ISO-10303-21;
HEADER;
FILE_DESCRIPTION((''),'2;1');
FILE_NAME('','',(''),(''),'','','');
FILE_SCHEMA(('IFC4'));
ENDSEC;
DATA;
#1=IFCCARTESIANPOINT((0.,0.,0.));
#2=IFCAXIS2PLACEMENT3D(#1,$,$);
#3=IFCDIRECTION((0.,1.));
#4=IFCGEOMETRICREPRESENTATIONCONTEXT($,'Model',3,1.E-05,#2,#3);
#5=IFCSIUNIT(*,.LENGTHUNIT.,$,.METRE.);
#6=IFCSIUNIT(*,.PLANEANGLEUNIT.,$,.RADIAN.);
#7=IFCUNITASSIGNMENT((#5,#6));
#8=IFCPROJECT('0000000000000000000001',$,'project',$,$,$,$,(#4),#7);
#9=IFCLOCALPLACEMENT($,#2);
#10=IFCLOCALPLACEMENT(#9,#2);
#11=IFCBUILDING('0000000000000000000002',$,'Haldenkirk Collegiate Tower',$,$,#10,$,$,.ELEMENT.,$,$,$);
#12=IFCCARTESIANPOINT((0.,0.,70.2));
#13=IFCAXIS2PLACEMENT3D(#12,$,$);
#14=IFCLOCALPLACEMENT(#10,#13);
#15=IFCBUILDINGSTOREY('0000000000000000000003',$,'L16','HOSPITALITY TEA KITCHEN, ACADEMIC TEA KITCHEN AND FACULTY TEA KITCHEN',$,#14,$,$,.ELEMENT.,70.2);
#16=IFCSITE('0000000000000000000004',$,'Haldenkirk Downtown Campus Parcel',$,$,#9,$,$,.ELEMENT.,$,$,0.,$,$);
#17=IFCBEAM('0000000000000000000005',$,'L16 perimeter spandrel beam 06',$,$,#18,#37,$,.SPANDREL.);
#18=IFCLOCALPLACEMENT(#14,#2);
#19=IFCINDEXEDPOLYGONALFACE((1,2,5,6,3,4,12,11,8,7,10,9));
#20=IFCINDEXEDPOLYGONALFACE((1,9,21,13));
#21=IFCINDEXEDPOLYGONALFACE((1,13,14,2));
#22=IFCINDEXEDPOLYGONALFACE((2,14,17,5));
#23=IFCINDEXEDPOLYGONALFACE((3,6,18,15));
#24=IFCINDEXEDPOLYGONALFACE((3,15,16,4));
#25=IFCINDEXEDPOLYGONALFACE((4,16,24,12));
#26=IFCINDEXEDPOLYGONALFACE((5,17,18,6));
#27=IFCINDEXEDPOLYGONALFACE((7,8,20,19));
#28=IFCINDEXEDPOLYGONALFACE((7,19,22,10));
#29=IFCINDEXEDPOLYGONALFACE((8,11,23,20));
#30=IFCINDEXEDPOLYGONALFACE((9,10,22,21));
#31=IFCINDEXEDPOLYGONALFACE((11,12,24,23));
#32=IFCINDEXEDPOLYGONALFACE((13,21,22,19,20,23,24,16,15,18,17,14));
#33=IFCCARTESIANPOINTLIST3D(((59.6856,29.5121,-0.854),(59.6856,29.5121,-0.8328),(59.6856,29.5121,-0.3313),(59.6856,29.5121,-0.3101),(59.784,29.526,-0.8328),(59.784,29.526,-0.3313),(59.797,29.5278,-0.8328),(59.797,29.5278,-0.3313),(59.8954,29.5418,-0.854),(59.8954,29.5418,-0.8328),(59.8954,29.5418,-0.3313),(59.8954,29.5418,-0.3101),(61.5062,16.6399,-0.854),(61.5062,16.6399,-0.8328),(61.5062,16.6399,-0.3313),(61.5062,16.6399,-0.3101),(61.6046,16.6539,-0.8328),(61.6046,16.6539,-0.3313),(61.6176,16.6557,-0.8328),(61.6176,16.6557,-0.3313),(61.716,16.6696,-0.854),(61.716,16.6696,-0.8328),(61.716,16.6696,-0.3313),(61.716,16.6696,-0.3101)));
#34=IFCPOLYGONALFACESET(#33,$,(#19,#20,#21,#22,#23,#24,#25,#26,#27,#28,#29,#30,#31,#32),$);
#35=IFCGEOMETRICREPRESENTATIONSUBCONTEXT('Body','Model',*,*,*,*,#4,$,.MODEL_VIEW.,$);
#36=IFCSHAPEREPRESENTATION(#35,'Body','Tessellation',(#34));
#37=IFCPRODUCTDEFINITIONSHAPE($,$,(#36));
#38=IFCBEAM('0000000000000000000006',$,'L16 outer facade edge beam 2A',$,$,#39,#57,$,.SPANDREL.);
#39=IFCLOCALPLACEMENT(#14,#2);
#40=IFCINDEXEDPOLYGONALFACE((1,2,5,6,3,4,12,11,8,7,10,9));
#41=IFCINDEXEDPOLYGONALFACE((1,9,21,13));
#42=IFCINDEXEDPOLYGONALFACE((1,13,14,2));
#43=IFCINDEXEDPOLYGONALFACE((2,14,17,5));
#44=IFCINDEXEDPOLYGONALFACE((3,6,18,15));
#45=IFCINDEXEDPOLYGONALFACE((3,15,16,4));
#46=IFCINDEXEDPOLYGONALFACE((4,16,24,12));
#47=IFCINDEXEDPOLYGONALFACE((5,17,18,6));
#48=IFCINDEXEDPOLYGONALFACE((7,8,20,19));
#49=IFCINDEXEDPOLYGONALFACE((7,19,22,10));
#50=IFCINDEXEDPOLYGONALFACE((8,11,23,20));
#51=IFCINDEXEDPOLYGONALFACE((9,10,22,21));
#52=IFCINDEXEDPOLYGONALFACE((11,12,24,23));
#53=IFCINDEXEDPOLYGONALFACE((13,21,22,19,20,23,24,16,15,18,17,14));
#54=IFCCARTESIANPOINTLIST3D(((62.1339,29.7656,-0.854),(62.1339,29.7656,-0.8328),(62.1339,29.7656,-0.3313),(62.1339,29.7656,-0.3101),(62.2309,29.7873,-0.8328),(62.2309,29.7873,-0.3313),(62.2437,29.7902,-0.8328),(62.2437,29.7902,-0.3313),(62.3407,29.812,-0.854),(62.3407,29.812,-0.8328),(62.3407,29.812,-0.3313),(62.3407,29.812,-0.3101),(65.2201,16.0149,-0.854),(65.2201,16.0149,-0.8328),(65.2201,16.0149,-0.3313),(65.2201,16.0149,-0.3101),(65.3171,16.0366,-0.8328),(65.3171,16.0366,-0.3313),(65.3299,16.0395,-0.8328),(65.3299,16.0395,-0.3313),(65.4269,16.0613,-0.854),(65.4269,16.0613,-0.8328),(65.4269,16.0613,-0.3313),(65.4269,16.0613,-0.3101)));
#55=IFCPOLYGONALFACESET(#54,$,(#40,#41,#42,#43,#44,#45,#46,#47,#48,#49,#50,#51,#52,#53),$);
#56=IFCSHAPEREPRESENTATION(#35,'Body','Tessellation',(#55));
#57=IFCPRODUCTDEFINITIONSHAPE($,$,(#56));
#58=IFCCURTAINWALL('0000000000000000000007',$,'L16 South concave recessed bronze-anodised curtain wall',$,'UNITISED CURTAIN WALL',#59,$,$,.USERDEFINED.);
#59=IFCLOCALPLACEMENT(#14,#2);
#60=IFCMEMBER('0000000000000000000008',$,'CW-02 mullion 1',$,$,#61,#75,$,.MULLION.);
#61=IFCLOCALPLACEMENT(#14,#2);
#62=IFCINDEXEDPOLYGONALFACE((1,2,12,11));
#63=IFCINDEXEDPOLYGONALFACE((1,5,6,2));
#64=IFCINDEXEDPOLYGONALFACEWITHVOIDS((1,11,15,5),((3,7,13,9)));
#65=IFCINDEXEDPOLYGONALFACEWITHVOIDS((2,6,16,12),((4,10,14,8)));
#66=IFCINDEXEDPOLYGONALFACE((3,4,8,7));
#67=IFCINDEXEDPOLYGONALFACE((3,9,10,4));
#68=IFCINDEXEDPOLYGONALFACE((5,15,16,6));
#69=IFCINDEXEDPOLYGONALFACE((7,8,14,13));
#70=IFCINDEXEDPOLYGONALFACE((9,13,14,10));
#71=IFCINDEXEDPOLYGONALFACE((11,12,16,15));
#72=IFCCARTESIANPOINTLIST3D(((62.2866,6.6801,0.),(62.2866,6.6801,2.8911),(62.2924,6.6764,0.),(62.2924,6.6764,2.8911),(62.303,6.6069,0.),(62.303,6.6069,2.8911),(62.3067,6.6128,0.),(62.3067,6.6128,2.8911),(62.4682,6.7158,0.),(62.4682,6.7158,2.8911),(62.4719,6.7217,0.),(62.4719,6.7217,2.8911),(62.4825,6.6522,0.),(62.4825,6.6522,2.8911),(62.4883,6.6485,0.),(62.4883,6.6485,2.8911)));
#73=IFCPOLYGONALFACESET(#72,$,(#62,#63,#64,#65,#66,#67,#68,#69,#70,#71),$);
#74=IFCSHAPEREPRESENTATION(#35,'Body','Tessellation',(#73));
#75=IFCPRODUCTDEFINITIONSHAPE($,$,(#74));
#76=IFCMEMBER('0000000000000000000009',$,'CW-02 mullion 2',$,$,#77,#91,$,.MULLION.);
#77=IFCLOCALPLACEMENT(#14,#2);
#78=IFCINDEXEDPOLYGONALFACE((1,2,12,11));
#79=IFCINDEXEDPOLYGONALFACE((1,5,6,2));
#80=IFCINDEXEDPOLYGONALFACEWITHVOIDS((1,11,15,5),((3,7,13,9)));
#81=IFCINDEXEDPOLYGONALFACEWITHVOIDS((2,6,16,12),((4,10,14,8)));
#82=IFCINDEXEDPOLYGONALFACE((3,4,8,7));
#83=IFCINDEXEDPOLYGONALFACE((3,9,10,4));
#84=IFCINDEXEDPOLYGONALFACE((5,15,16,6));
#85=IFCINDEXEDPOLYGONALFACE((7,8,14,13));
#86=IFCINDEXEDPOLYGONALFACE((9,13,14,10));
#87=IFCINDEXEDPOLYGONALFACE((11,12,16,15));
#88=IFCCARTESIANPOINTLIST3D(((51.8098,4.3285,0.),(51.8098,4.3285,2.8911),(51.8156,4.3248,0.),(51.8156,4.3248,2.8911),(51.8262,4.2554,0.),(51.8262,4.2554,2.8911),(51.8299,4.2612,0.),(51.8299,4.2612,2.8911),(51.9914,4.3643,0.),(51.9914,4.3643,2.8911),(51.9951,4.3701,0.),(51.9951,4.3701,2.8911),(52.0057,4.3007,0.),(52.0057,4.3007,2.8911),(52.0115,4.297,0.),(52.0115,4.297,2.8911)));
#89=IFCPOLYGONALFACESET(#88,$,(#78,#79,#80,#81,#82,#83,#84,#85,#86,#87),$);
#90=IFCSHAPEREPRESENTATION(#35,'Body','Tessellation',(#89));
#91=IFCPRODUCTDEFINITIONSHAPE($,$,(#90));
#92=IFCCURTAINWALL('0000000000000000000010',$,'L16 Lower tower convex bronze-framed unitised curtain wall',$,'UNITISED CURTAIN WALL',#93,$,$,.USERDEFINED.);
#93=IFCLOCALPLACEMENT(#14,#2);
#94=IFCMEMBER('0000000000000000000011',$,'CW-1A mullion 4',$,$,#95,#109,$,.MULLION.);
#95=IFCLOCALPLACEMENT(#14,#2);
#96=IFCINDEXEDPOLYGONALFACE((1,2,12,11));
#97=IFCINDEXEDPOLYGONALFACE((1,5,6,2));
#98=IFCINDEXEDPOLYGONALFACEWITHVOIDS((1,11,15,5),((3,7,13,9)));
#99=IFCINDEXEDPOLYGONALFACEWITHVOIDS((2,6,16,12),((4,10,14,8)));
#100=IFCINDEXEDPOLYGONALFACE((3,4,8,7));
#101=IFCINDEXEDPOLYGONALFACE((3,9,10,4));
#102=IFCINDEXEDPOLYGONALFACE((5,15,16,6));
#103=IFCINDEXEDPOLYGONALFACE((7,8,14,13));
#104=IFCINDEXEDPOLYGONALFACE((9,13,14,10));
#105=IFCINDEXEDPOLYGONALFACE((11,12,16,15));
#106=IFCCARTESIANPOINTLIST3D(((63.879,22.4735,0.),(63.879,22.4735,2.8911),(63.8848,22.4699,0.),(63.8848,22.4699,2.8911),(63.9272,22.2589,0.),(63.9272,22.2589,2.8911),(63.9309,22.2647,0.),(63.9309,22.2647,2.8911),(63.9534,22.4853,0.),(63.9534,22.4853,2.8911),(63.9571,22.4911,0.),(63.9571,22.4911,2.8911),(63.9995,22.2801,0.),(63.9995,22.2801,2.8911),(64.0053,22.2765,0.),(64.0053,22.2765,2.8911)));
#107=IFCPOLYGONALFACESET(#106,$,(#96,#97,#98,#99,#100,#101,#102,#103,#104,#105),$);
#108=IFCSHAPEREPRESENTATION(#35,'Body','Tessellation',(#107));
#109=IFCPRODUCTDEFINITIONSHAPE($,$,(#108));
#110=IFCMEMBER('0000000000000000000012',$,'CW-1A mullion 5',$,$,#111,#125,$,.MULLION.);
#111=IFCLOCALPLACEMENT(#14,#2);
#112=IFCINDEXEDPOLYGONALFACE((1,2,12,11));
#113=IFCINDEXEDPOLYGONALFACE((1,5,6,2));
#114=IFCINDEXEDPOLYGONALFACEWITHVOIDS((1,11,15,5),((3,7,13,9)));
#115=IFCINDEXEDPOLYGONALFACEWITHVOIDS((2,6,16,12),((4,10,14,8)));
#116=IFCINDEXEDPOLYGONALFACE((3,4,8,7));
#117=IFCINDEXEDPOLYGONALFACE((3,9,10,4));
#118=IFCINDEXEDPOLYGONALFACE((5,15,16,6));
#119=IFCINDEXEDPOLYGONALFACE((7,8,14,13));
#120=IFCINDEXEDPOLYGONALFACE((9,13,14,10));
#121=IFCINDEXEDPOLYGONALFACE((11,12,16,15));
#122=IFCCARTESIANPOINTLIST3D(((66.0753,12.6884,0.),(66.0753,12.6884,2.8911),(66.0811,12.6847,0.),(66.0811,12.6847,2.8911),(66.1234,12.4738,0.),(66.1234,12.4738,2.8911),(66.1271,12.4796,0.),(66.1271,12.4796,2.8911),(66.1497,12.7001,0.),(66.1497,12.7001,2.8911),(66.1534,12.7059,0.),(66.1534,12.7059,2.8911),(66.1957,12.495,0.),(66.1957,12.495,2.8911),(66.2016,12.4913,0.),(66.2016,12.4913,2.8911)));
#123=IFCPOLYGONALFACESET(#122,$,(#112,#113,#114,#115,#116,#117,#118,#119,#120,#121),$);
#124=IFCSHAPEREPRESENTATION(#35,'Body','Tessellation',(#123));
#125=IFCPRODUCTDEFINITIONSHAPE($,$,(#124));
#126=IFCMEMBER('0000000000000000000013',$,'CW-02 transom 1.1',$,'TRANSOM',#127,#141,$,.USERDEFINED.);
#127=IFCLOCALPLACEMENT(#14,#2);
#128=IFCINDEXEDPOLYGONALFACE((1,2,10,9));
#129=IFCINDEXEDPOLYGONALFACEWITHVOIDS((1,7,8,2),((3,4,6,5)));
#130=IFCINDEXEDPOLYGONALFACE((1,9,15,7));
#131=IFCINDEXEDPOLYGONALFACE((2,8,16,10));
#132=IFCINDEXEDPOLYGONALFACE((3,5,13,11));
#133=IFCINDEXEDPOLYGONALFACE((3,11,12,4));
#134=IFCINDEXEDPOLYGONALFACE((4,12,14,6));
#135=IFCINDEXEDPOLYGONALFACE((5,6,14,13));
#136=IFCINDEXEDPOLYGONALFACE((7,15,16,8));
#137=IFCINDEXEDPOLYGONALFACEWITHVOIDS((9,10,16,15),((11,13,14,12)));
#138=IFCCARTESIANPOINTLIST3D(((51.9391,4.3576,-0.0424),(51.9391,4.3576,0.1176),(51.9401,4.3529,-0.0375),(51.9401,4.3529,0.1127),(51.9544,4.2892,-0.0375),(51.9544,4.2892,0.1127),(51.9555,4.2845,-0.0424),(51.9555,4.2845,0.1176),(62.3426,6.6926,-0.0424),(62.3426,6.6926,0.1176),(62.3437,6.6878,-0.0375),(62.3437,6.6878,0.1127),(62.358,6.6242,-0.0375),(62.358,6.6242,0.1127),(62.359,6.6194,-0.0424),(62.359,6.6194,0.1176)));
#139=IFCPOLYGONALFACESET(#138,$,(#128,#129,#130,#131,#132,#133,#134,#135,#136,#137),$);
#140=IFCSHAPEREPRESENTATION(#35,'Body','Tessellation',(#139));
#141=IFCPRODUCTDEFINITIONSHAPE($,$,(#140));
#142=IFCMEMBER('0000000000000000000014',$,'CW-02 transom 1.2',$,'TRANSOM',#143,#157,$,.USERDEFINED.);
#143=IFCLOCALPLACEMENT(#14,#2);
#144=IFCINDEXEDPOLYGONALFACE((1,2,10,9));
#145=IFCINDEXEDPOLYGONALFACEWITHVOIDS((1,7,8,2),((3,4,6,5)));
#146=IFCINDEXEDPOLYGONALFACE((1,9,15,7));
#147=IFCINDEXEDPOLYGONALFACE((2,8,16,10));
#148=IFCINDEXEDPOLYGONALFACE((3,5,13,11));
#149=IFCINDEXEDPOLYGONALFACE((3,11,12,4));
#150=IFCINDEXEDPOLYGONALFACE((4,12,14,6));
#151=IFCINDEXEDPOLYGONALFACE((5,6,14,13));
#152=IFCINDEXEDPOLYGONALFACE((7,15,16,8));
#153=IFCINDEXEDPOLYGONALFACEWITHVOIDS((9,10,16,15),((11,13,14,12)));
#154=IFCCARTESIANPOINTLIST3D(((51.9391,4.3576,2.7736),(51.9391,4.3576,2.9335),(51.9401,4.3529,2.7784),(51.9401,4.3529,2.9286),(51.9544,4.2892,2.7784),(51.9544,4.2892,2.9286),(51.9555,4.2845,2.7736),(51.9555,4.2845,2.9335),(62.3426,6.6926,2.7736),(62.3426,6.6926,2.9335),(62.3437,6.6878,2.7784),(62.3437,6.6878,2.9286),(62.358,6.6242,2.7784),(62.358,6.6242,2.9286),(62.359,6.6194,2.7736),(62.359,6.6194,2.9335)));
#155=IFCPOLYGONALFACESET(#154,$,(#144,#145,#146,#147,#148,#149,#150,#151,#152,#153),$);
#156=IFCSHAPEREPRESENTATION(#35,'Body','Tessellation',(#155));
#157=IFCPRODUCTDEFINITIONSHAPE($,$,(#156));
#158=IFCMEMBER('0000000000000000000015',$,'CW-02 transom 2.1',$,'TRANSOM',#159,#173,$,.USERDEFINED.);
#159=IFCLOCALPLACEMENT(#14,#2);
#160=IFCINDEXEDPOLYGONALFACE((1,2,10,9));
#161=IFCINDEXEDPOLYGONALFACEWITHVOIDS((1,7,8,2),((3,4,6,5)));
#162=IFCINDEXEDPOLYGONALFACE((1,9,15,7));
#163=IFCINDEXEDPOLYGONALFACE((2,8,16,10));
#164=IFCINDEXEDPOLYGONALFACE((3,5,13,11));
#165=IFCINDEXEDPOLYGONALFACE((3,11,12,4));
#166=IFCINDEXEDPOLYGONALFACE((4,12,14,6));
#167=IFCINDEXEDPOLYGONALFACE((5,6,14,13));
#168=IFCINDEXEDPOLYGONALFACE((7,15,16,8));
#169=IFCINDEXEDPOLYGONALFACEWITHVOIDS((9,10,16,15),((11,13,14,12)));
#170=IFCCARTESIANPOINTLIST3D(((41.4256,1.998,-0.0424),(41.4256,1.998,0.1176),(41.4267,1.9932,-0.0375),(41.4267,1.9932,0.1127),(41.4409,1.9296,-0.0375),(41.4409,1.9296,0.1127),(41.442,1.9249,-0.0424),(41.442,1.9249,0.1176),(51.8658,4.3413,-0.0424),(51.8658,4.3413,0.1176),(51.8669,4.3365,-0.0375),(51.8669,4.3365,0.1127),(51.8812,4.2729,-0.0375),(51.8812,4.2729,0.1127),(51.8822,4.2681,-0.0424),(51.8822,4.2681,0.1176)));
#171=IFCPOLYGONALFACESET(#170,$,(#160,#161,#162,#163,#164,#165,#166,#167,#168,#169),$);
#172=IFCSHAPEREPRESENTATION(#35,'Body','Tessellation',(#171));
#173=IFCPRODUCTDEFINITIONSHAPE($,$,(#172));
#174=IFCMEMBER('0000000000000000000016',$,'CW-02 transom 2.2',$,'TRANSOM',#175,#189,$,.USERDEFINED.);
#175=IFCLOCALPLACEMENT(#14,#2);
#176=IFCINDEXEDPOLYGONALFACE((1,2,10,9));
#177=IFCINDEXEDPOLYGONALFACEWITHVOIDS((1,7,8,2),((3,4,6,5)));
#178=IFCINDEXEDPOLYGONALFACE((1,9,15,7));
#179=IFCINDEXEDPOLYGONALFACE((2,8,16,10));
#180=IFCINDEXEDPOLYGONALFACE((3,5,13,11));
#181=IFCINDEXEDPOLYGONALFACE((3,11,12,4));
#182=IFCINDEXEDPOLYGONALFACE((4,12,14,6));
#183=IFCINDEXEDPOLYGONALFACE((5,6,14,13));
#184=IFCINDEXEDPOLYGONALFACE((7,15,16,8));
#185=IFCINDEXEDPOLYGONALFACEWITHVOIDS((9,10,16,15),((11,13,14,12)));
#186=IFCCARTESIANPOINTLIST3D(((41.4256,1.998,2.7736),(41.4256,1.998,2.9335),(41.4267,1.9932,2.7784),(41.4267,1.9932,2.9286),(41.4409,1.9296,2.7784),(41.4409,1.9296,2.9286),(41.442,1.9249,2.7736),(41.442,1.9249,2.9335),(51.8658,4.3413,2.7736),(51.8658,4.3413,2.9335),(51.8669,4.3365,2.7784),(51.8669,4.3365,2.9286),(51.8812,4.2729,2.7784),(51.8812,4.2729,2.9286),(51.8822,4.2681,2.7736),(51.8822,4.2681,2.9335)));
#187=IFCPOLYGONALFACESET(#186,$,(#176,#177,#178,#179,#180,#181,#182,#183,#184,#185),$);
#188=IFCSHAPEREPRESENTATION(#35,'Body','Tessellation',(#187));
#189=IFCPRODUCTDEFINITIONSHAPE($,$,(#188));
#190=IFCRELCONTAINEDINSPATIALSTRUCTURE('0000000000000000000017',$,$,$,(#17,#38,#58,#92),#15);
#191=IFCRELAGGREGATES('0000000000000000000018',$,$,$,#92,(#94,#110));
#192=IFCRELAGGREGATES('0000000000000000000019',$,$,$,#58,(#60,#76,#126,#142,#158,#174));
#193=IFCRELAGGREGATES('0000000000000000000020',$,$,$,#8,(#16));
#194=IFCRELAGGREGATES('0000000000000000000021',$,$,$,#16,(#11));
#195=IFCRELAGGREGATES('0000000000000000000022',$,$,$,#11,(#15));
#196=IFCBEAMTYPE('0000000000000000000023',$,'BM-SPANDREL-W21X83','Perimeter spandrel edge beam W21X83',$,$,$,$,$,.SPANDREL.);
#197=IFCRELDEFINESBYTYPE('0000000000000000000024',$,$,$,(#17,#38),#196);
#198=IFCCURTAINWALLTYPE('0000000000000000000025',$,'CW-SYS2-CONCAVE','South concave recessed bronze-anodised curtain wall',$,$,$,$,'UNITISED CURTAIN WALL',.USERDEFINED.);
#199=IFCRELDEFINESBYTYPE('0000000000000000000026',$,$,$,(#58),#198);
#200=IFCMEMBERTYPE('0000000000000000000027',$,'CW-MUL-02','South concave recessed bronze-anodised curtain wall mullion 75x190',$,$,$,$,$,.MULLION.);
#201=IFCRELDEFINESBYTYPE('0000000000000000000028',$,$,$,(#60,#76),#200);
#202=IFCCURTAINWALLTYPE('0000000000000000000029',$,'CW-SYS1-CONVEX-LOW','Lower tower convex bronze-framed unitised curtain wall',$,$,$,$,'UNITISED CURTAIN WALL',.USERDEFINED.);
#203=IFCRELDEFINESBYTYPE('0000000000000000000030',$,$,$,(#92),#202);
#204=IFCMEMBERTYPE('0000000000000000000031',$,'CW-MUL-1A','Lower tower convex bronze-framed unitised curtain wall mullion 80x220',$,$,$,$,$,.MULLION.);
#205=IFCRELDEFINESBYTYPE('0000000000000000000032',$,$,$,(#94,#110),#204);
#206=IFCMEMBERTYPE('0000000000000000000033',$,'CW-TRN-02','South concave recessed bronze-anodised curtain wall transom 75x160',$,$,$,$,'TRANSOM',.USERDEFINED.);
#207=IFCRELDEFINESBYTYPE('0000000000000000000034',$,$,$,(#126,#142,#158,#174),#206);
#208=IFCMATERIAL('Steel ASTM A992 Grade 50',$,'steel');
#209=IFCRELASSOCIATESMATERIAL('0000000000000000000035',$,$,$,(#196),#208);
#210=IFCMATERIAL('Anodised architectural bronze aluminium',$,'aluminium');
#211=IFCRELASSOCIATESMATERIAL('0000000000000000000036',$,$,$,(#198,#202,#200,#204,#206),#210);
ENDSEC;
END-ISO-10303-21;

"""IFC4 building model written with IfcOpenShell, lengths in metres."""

from ifc_helpers import new_model, si_unit, direction, frame, origin, origin_2d, place, context, subcontext, project, spatial, hollow_rectangle, i_section, extrude, material, material_profile, profile_set, type_object, element, aggregate, save


model = new_model("IFC4")

# Units and contexts
model_context = context("Model", 3, precision=1e-05, world=origin(), true_north=direction((0.0, 1.0)))
body_context = subcontext(model_context, "Body", "Model", "MODEL_VIEW")
ifc_project = project(units=[si_unit("LENGTHUNIT", "METRE"), si_unit("PLANEANGLEUNIT", "RADIAN")], contexts=[model_context])

# Site, building, storey
site_placement = place(None, origin())
site = spatial("IfcSite", under=ifc_project, at=site_placement, Name="Haldenkirk Downtown Campus Parcel", CompositionType="ELEMENT", RefElevation=0.0)
building_placement = place(site_placement, origin())
building = spatial("IfcBuilding", under=site, at=building_placement, Name="Haldenkirk Collegiate Tower", CompositionType="ELEMENT")
storey_placement = place(building_placement, frame((0.0, 0.0, 70.2)))
storey = spatial("IfcBuildingStorey", under=building, at=storey_placement, Name="L16", Description="HOSPITALITY TEA KITCHEN, ACADEMIC TEA KITCHEN AND FACULTY TEA KITCHEN", CompositionType="ELEMENT", Elevation=70.2)

# Beams
ifc_material_1 = material(Name="Steel ASTM A992 Grade 50", Category="steel")
ifc_material_profile_1 = material_profile(ifc_material_1, i_section(OverallWidth=0.2119, OverallDepth=0.5439, WebThickness=0.0132, FlangeThickness=0.0212, at=origin_2d()), Name="W21X83")
ifc_profile_set_1 = profile_set([ifc_material_profile_1], Name="Steel ASTM A992 Grade 50")
beam_type_1 = type_object("IfcBeamType", Name="BM-SPANDREL-W21X83", Description="Perimeter spandrel edge beam W21X83", PredefinedType="SPANDREL", material=ifc_profile_set_1)
beam_1_placement = place(storey_placement, frame((61.6111, 16.6548, -0.582), z_axis=(-0.140041, 0.990146, 0.0), x_axis=(-0.990146, -0.140041, 0.0)))
element("IfcBeam", 1, at=beam_1_placement, inside=storey, type_object=beam_type_1, Name="L16 perimeter spandrel beam 06", PredefinedType="SPANDREL", context=body_context, shape_type="SweptSolid", body=[
    extrude(i_section(OverallWidth=0.2119, OverallDepth=0.5439, WebThickness=0.0132, FlangeThickness=0.0212, at=origin_2d()), origin(), (0.0, 0.0, 1.0), 13.0002),
])
beam_2_placement = place(storey_placement, frame((65.3235, 16.0381, -0.582), z_axis=(-0.21899, 0.975727, 0.0), x_axis=(-0.975727, -0.21899, 0.0)))
element("IfcBeam", 2, at=beam_2_placement, inside=storey, type_object=beam_type_1, Name="L16 outer facade edge beam 2A", PredefinedType="SPANDREL", context=body_context, shape_type="SweptSolid", body=[
    extrude(i_section(OverallWidth=0.2119, OverallDepth=0.5439, WebThickness=0.0132, FlangeThickness=0.0212, at=origin_2d()), origin(), (0.0, 0.0, 1.0), 14.0928),
])

# Curtain walls, members
ifc_material_2 = material(Name="Anodised architectural bronze aluminium", Category="aluminium")
curtain_wall_type_1 = type_object("IfcCurtainWallType", Name="CW-SYS2-CONCAVE", Description="South concave recessed bronze-anodised curtain wall", ElementType="UNITISED CURTAIN WALL", PredefinedType="USERDEFINED", material=ifc_material_2)
curtain_wall_1_placement = place(storey_placement, origin())
curtain_wall_1 = element("IfcCurtainWall", 3, at=curtain_wall_1_placement, inside=storey, type_object=curtain_wall_type_1, Name="L16 South concave recessed bronze-anodised curtain wall", ObjectType="UNITISED CURTAIN WALL", PredefinedType="USERDEFINED")
ifc_material_profile_2 = material_profile(ifc_material_2, hollow_rectangle(XDim=0.075, YDim=0.1899, WallThickness=0.0049, at=origin_2d()), Name="CW-MUL-02")
ifc_profile_set_2 = profile_set([ifc_material_profile_2], Name="Anodised architectural bronze aluminium")
member_type_1 = type_object("IfcMemberType", Name="CW-MUL-02", Description="South concave recessed bronze-anodised curtain wall mullion 75x190", PredefinedType="MULLION", material=ifc_profile_set_2)
member_1_placement = place(storey_placement, frame((62.3875, 6.6643, 0.0), z_axis=(0.0, 0.0, 1.0), x_axis=(0.218994, -0.975726, 0.0)))
member_1 = element("IfcMember", 4, at=member_1_placement, type_object=member_type_1, Name="CW-02 mullion 1", PredefinedType="MULLION", context=body_context, shape_type="SweptSolid", body=[
    extrude(hollow_rectangle(XDim=0.075, YDim=0.1899, WallThickness=0.0049, at=origin_2d()), origin(), (0.0, 0.0, 1.0), 2.8911),
])
member_2_placement = place(storey_placement, frame((51.9106, 4.3127, 0.0), z_axis=(0.0, 0.0, 1.0), x_axis=(0.218994, -0.975726, 0.0)))
member_2 = element("IfcMember", 5, at=member_2_placement, type_object=member_type_1, Name="CW-02 mullion 2", PredefinedType="MULLION", context=body_context, shape_type="SweptSolid", body=[
    extrude(hollow_rectangle(XDim=0.075, YDim=0.1899, WallThickness=0.0049, at=origin_2d()), origin(), (0.0, 0.0, 1.0), 2.8911),
])
curtain_wall_type_2 = type_object("IfcCurtainWallType", Name="CW-SYS1-CONVEX-LOW", Description="Lower tower convex bronze-framed unitised curtain wall", ElementType="UNITISED CURTAIN WALL", PredefinedType="USERDEFINED", material=ifc_material_2)
curtain_wall_2_placement = place(storey_placement, origin())
curtain_wall_2 = element("IfcCurtainWall", 6, at=curtain_wall_2_placement, inside=storey, type_object=curtain_wall_type_2, Name="L16 Lower tower convex bronze-framed unitised curtain wall", ObjectType="UNITISED CURTAIN WALL", PredefinedType="USERDEFINED")
ifc_material_profile_3 = material_profile(ifc_material_2, hollow_rectangle(XDim=0.0801, YDim=0.22, WallThickness=0.0049, at=origin_2d()), Name="CW-MUL-1A")
ifc_profile_set_3 = profile_set([ifc_material_profile_3], Name="Anodised architectural bronze aluminium")
member_type_2 = type_object("IfcMemberType", Name="CW-MUL-1A", Description="Lower tower convex bronze-framed unitised curtain wall mullion 80x220", PredefinedType="MULLION", material=ifc_profile_set_3)
member_3_placement = place(storey_placement, frame((63.9421, 22.375, 0.0), z_axis=(0.0, 0.0, 1.0), x_axis=(0.975726, 0.218995, 0.0)))
member_3 = element("IfcMember", 7, at=member_3_placement, type_object=member_type_2, Name="CW-1A mullion 4", PredefinedType="MULLION", context=body_context, shape_type="SweptSolid", body=[
    extrude(hollow_rectangle(XDim=0.0801, YDim=0.22, WallThickness=0.0049, at=origin_2d()), origin(), (0.0, 0.0, 1.0), 2.8911),
])
member_4_placement = place(storey_placement, frame((66.1384, 12.5898, 0.0), z_axis=(0.0, 0.0, 1.0), x_axis=(0.975726, 0.218995, 0.0)))
member_4 = element("IfcMember", 8, at=member_4_placement, type_object=member_type_2, Name="CW-1A mullion 5", PredefinedType="MULLION", context=body_context, shape_type="SweptSolid", body=[
    extrude(hollow_rectangle(XDim=0.0801, YDim=0.22, WallThickness=0.0049, at=origin_2d()), origin(), (0.0, 0.0, 1.0), 2.8911),
])

# Members
ifc_material_profile_4 = material_profile(ifc_material_2, hollow_rectangle(XDim=0.075, YDim=0.1599, WallThickness=0.0049, at=origin_2d()), Name="CW-TRN-02")
ifc_profile_set_4 = profile_set([ifc_material_profile_4], Name="Anodised architectural bronze aluminium")
member_type_3 = type_object("IfcMemberType", Name="CW-TRN-02", Description="South concave recessed bronze-anodised curtain wall transom 75x160", ElementType="TRANSOM", PredefinedType="USERDEFINED", material=ifc_profile_set_4)
member_5_placement = place(storey_placement, frame((62.3508, 6.656, 0.0376), z_axis=(-0.975727, -0.218991, 0.0), x_axis=(0.218991, -0.975727, 0.0)))
member_5 = element("IfcMember", 9, at=member_5_placement, type_object=member_type_3, Name="CW-02 transom 1.1", ObjectType="TRANSOM", PredefinedType="USERDEFINED", context=body_context, shape_type="SweptSolid", body=[
    extrude(hollow_rectangle(XDim=0.075, YDim=0.1599, WallThickness=0.0049, at=origin_2d()), origin(), (0.0, 0.0, 1.0), 10.6624),
])
member_6_placement = place(storey_placement, frame((62.3508, 6.656, 2.8535), z_axis=(-0.975727, -0.218991, 0.0), x_axis=(0.218991, -0.975727, 0.0)))
member_6 = element("IfcMember", 10, at=member_6_placement, type_object=member_type_3, Name="CW-02 transom 1.2", ObjectType="TRANSOM", PredefinedType="USERDEFINED", context=body_context, shape_type="SweptSolid", body=[
    extrude(hollow_rectangle(XDim=0.075, YDim=0.1599, WallThickness=0.0049, at=origin_2d()), origin(), (0.0, 0.0, 1.0), 10.6624),
])
member_7_placement = place(storey_placement, frame((51.874, 4.3047, 0.0376), z_axis=(-0.975725, -0.218998, 0.0), x_axis=(0.218998, -0.975725, 0.0)))
member_7 = element("IfcMember", 11, at=member_7_placement, type_object=member_type_3, Name="CW-02 transom 2.1", ObjectType="TRANSOM", PredefinedType="USERDEFINED", context=body_context, shape_type="SweptSolid", body=[
    extrude(hollow_rectangle(XDim=0.075, YDim=0.1599, WallThickness=0.0049, at=origin_2d()), origin(), (0.0, 0.0, 1.0), 10.7),
])
member_8_placement = place(storey_placement, frame((51.874, 4.3047, 2.8535), z_axis=(-0.975725, -0.218998, 0.0), x_axis=(0.218998, -0.975725, 0.0)))
member_8 = element("IfcMember", 12, at=member_8_placement, type_object=member_type_3, Name="CW-02 transom 2.2", ObjectType="TRANSOM", PredefinedType="USERDEFINED", context=body_context, shape_type="SweptSolid", body=[
    extrude(hollow_rectangle(XDim=0.075, YDim=0.1599, WallThickness=0.0049, at=origin_2d()), origin(), (0.0, 0.0, 1.0), 10.7),
])

aggregate(curtain_wall_2, [member_3, member_4])
aggregate(curtain_wall_1, [member_1, member_2, member_5, member_6, member_7, member_8])

save(model, "model.ifc")
